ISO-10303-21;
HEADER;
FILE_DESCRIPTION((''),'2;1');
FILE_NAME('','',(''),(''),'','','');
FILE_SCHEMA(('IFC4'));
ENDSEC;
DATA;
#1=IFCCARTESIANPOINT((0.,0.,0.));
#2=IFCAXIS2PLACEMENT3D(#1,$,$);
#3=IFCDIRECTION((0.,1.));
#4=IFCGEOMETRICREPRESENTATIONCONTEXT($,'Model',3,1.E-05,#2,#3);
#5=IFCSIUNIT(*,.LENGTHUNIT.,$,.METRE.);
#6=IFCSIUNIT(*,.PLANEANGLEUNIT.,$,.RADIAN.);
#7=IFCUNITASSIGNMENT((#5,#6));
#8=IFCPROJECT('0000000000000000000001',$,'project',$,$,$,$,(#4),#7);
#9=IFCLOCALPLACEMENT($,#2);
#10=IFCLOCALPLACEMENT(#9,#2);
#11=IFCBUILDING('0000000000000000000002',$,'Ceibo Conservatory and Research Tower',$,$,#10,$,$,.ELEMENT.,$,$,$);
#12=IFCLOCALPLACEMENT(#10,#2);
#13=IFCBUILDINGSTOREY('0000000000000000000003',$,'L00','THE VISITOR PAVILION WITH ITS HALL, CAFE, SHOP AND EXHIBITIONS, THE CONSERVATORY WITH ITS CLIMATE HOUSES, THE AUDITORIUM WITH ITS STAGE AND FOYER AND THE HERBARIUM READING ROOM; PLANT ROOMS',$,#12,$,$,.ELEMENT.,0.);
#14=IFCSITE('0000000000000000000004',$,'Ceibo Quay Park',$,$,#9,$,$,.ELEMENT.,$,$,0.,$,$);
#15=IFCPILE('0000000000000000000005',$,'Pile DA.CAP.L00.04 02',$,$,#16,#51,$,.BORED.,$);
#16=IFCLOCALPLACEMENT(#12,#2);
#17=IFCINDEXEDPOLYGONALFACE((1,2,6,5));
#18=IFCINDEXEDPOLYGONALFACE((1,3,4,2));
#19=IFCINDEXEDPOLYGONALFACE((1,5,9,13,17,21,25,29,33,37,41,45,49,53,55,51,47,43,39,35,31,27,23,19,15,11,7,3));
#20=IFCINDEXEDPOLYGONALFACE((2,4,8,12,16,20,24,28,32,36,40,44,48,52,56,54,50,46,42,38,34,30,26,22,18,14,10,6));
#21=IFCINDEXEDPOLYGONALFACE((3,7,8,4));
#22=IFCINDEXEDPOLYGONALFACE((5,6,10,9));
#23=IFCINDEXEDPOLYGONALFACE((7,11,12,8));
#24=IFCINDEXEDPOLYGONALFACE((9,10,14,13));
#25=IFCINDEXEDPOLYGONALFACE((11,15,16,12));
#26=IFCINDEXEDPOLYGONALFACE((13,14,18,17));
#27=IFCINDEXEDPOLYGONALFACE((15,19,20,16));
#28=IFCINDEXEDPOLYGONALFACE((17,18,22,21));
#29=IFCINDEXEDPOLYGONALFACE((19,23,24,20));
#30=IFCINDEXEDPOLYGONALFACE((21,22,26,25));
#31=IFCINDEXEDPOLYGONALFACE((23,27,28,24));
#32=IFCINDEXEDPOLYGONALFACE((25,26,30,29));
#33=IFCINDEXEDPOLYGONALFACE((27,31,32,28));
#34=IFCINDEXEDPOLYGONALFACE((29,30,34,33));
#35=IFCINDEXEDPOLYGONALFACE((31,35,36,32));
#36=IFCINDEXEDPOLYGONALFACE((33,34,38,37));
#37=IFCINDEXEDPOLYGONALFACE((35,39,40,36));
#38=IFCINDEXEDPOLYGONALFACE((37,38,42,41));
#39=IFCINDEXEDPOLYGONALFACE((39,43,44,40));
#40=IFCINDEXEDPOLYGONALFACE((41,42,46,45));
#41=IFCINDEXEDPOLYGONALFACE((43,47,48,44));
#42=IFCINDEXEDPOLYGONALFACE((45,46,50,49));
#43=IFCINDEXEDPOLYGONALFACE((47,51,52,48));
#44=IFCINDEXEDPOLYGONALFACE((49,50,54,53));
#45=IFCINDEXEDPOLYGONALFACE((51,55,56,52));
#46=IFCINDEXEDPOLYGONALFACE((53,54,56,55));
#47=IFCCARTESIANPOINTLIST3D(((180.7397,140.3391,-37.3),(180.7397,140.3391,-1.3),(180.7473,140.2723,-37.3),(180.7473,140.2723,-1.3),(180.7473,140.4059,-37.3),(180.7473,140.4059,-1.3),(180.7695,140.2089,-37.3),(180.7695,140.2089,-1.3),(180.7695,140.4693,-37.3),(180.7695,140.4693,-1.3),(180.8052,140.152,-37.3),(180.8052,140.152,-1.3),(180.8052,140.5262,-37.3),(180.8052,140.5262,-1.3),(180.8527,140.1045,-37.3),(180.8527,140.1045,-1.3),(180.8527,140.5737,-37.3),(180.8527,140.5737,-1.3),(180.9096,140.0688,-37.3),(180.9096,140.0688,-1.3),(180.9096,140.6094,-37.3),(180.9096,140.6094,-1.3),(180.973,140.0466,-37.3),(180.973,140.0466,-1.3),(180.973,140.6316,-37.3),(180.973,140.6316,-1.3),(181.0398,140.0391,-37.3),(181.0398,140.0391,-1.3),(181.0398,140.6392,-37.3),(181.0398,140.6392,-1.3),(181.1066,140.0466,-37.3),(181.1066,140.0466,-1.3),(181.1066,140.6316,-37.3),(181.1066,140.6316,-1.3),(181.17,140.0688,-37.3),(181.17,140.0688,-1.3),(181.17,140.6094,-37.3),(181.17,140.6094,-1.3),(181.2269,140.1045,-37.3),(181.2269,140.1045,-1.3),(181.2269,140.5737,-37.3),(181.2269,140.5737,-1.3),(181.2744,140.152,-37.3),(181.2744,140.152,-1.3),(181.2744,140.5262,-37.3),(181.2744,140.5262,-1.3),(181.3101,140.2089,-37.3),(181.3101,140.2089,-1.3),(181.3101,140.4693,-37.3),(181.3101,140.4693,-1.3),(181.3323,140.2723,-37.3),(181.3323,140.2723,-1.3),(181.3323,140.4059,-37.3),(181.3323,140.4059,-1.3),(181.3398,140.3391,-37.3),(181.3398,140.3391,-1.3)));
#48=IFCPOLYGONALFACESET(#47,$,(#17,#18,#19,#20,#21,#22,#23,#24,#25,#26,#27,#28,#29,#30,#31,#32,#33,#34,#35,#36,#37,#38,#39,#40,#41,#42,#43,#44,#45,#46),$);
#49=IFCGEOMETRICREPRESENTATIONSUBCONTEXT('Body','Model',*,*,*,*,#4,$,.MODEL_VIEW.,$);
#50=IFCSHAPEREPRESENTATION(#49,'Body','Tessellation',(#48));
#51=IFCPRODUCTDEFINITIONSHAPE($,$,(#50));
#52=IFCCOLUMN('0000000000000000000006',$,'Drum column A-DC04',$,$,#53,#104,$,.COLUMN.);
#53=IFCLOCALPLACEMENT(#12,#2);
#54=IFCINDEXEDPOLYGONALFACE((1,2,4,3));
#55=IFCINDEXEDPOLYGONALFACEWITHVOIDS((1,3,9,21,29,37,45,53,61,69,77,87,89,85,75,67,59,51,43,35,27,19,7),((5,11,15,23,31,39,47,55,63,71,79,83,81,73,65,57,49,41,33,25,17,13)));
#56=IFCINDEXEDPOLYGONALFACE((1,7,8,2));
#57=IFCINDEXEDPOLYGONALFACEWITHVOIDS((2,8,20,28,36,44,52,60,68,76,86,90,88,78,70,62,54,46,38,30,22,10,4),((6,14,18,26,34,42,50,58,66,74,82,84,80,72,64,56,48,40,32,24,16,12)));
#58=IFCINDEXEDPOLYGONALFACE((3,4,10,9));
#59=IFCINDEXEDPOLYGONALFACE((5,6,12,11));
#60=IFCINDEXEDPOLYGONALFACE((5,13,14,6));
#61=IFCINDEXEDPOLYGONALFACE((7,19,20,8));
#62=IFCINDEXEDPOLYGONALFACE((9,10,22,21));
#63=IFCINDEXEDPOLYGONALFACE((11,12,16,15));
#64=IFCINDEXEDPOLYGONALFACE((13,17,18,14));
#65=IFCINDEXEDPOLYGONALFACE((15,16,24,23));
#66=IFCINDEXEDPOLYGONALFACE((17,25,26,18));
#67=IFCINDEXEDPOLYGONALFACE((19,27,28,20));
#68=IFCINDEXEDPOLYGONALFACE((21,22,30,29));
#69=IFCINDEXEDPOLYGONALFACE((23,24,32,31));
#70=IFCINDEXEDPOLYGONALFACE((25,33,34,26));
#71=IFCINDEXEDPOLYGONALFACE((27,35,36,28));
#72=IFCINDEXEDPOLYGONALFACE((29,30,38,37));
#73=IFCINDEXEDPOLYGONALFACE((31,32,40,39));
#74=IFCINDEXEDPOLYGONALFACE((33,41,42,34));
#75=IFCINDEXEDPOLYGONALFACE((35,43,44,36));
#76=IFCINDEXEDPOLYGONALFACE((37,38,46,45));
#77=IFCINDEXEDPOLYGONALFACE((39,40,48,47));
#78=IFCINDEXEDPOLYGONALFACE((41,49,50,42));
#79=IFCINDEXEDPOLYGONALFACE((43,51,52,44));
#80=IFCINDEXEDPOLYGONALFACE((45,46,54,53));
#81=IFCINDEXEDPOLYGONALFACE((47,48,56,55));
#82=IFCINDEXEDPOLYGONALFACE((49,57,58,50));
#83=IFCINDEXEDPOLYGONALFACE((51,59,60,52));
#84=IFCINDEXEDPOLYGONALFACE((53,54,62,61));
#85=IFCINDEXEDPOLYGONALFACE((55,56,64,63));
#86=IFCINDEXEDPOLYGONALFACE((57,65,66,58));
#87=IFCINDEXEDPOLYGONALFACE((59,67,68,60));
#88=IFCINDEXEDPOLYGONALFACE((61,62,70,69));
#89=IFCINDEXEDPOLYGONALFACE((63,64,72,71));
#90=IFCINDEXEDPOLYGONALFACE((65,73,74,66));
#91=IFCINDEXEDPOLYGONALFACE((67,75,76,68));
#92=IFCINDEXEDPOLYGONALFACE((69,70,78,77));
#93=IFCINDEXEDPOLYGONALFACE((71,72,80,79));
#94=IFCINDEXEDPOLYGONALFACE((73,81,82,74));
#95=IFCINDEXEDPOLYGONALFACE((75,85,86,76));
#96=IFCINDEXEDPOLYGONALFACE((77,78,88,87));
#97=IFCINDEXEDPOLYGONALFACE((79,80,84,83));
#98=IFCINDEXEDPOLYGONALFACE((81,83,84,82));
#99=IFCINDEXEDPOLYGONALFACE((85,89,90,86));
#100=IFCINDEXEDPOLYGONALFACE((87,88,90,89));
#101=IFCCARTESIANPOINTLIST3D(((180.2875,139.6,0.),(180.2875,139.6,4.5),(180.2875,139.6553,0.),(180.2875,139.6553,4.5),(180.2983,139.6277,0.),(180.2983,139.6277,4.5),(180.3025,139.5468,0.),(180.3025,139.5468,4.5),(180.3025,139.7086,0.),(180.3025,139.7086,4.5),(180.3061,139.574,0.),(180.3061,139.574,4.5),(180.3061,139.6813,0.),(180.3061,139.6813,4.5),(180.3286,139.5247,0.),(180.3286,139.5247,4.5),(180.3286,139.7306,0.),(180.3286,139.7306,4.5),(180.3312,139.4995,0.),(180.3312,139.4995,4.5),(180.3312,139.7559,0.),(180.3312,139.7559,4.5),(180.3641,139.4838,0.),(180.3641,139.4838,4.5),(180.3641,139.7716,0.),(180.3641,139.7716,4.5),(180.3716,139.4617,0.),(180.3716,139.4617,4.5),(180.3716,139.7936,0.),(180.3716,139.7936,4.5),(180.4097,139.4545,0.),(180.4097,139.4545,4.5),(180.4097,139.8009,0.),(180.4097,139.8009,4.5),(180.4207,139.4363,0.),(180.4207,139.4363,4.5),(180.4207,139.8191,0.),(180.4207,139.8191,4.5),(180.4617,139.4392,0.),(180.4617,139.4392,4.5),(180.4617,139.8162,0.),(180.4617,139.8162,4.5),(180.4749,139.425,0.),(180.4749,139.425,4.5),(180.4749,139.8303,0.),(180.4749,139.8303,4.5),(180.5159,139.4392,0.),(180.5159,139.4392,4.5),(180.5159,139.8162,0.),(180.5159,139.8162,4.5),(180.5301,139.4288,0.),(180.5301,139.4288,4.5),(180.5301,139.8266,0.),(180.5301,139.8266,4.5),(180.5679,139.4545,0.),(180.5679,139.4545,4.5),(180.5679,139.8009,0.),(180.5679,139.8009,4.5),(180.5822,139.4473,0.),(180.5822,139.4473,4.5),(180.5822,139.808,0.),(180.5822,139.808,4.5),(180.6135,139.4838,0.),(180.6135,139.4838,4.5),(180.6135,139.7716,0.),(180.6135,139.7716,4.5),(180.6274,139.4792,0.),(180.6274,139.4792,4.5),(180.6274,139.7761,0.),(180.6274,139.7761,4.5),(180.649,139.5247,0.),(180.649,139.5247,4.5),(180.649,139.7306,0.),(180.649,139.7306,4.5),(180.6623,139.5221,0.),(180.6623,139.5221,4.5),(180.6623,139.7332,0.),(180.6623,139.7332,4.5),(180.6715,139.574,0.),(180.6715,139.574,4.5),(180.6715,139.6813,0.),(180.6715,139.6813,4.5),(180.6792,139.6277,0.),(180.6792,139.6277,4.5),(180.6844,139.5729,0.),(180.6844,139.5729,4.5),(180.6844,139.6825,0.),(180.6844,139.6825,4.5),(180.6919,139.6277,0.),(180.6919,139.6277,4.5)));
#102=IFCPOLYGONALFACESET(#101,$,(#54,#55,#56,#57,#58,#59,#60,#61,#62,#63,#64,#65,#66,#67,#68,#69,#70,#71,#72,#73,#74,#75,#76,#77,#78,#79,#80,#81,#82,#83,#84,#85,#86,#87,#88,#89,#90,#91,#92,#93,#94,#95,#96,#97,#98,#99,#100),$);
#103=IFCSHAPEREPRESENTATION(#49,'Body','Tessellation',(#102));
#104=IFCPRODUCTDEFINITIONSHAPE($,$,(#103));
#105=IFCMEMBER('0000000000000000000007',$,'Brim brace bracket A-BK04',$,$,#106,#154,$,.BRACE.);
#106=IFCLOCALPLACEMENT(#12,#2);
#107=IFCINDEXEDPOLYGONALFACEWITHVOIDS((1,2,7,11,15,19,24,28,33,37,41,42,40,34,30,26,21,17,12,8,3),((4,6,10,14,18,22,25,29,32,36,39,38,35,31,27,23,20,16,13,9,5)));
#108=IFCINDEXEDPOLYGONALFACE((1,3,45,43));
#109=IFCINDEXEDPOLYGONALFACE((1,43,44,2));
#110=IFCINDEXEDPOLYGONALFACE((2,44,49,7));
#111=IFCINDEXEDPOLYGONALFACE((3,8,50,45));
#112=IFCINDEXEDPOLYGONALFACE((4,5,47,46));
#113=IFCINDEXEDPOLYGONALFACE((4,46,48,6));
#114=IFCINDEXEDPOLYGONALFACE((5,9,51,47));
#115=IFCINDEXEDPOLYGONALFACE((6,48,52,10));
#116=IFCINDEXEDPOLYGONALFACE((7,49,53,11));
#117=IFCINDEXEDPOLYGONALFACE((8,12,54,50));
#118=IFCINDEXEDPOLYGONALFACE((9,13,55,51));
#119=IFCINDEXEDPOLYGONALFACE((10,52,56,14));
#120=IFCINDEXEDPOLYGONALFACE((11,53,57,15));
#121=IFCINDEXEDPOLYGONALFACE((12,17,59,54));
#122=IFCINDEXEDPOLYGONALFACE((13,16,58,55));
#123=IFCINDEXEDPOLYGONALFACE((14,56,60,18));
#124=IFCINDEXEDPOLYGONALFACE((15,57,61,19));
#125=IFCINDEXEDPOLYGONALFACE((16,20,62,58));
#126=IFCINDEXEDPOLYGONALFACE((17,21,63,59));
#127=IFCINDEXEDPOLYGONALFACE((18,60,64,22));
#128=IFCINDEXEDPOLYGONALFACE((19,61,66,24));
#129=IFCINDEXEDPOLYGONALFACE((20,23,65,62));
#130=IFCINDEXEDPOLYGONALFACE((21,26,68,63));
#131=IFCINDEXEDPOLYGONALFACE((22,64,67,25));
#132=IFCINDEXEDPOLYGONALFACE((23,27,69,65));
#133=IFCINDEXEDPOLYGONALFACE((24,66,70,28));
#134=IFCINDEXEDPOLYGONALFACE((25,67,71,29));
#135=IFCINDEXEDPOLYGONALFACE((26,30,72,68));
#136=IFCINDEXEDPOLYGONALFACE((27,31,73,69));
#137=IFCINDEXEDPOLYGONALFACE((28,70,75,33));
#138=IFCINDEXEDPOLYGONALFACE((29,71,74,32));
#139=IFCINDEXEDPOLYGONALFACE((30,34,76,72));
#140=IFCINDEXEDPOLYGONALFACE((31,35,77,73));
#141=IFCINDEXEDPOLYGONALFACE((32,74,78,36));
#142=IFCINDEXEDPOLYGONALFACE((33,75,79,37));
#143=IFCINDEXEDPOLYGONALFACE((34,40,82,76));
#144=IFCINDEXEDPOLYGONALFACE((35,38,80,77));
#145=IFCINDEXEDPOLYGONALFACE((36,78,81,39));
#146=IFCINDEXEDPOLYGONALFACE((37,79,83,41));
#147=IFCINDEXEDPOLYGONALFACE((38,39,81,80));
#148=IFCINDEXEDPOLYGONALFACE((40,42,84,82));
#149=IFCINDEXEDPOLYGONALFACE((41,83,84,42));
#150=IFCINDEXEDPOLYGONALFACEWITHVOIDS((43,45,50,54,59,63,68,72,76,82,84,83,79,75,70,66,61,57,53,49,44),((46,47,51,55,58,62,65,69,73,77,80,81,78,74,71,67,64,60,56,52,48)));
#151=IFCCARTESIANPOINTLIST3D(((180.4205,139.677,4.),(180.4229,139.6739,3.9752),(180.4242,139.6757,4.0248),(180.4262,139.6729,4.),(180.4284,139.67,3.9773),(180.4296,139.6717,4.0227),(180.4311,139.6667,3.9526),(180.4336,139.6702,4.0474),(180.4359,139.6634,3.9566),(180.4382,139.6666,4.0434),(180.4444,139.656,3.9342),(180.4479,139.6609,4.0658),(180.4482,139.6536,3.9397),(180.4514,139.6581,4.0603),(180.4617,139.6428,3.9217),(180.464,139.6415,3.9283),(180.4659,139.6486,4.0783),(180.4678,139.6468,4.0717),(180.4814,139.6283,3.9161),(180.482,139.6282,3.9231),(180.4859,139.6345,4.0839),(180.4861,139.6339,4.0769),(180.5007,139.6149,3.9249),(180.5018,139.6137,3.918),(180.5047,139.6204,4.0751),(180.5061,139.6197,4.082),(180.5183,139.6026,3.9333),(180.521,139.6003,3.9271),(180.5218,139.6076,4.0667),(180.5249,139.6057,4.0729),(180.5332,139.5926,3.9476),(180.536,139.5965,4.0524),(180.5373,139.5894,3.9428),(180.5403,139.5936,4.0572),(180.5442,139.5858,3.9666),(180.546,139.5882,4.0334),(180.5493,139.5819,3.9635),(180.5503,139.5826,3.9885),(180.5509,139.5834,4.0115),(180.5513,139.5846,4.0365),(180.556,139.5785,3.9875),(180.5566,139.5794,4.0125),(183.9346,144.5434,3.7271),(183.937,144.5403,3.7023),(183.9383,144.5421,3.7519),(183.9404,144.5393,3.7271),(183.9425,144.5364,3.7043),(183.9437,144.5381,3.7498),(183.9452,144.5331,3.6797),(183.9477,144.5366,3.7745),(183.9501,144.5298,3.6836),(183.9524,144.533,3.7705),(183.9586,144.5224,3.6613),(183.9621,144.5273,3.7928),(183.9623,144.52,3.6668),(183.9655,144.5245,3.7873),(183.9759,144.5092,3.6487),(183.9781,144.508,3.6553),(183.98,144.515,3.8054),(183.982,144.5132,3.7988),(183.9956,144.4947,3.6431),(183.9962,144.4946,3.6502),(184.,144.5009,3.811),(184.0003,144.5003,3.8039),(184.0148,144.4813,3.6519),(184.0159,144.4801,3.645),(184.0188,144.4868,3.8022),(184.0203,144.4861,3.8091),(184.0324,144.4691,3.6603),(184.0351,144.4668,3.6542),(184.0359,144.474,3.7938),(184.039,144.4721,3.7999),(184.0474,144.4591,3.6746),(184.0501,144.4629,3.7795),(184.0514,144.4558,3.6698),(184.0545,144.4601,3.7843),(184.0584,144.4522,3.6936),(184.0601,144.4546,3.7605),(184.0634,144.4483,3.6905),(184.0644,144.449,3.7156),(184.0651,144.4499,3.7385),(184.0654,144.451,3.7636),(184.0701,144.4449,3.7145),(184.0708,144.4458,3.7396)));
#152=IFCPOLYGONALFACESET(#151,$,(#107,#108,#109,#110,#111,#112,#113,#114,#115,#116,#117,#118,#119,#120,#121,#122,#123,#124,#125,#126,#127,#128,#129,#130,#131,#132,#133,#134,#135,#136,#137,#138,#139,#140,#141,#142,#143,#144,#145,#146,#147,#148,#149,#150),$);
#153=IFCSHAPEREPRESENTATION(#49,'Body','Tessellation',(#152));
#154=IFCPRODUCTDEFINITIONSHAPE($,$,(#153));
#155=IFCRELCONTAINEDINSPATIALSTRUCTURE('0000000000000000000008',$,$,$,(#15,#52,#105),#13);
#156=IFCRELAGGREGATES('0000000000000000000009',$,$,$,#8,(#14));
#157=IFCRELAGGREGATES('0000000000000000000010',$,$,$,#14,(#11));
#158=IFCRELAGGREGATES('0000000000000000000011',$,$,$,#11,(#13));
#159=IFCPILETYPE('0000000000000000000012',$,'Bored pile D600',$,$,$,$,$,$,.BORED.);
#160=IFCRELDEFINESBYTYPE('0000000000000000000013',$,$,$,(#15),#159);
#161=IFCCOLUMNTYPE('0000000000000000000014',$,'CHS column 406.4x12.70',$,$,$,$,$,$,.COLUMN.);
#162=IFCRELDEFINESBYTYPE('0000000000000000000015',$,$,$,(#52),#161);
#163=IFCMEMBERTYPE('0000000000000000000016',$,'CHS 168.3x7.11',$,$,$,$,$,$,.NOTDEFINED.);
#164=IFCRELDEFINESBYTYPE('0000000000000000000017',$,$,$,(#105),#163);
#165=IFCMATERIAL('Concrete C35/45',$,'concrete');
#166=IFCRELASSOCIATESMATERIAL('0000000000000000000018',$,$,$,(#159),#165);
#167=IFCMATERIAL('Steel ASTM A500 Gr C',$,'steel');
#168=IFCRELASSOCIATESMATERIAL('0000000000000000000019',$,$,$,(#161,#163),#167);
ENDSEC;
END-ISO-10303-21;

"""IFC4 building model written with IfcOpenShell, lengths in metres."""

from ifc_helpers import new_model, si_unit, direction, frame, origin, origin_2d, place, context, subcontext, project, spatial, circle, hollow_circle, extrude, material, material_profile, profile_set, type_object, element, save


model = new_model("IFC4")

# Units and contexts
model_context = context("Model", 3, precision=1e-05, world=origin(), true_north=direction((0.0, 1.0)))
body_context = subcontext(model_context, "Body", "Model", "MODEL_VIEW")
ifc_project = project(units=[si_unit("LENGTHUNIT", "METRE"), si_unit("PLANEANGLEUNIT", "RADIAN")], contexts=[model_context])

# Site, building, storey
site_placement = place(None, origin())
site = spatial("IfcSite", under=ifc_project, at=site_placement, Name="Ceibo Quay Park", CompositionType="ELEMENT", RefElevation=0.0)
building_placement = place(site_placement, origin())
building = spatial("IfcBuilding", under=site, at=building_placement, Name="Ceibo Conservatory and Research Tower", CompositionType="ELEMENT")
storey_placement = place(building_placement, origin())
storey = spatial("IfcBuildingStorey", under=building, at=storey_placement, Name="L00", Description="THE VISITOR PAVILION WITH ITS HALL, CAFE, SHOP AND EXHIBITIONS, THE CONSERVATORY WITH ITS CLIMATE HOUSES, THE AUDITORIUM WITH ITS STAGE AND FOYER AND THE HERBARIUM READING ROOM; PLANT ROOMS", CompositionType="ELEMENT", Elevation=0.0)

# Pile
ifc_material_1 = material(Name="Concrete C35/45", Category="concrete")
ifc_material_profile_1 = material_profile(ifc_material_1, circle(Radius=0.3, at=origin_2d()), Name="RC D600")
ifc_profile_set_1 = profile_set([ifc_material_profile_1], Name="Concrete C35/45")
pile_type = type_object("IfcPileType", Name="Bored pile D600", PredefinedType="BORED", material=ifc_profile_set_1)
pile_placement = place(storey_placement, frame((181.0398, 140.3391, -1.3), z_axis=(0.0, 0.0, -1.0), x_axis=(1.0, 0.0, 0.0)))
element("IfcPile", 1, at=pile_placement, inside=storey, type_object=pile_type, Name="Pile DA.CAP.L00.04 02", PredefinedType="BORED", context=body_context, shape_type="SweptSolid", body=[
    extrude(circle(Radius=0.3, at=origin_2d()), origin(), (0.0, 0.0, 1.0), 36.0),
])

# Column
ifc_material_2 = material(Name="Steel ASTM A500 Gr C", Category="steel")
ifc_material_profile_2 = material_profile(ifc_material_2, hollow_circle(Radius=0.2031, WallThickness=0.0127, at=origin_2d()), Name="CHS column 406.4x12.70")
ifc_profile_set_2 = profile_set([ifc_material_profile_2], Name="Steel ASTM A500 Gr C")
column_type = type_object("IfcColumnType", Name="CHS column 406.4x12.70", PredefinedType="COLUMN", material=ifc_profile_set_2)
column_placement = place(storey_placement, frame((180.4888, 139.6277, 0.0), z_axis=(0.0, 0.0, 1.0), x_axis=(1.0, 0.0, 0.0)))
element("IfcColumn", 2, at=column_placement, inside=storey, type_object=column_type, Name="Drum column A-DC04", PredefinedType="COLUMN", context=body_context, shape_type="SweptSolid", body=[
    extrude(hollow_circle(Radius=0.2031, WallThickness=0.0127, at=origin_2d()), origin(), (0.0, 0.0, 1.0), 4.5),
])

# Member
ifc_material_profile_3 = material_profile(ifc_material_2, hollow_circle(Radius=0.0842, WallThickness=0.0071, at=origin_2d()), Name="CHS 168.3x7.11")
ifc_profile_set_3 = profile_set([ifc_material_profile_3], Name="Steel ASTM A500 Gr C")
member_type_1 = type_object("IfcMemberType", Name="CHS 168.3x7.11", PredefinedType="NOTDEFINED", material=ifc_profile_set_3)
member_1_placement = place(storey_placement, frame((180.4888, 139.6277, 4.0), z_axis=(0.584831, 0.809882, -0.045425), x_axis=(-0.810719, 0.585436, 0.0)))
element("IfcMember", 3, at=member_1_placement, inside=storey, type_object=member_type_1, Name="Brim brace bracket A-BK04", PredefinedType="BRACE", context=body_context, shape_type="SweptSolid", body=[
    extrude(hollow_circle(Radius=0.0842, WallThickness=0.0071, at=origin_2d()), origin(), (0.0, 0.0, 1.0), 6.0088),
])

save(model, "model.ifc")
